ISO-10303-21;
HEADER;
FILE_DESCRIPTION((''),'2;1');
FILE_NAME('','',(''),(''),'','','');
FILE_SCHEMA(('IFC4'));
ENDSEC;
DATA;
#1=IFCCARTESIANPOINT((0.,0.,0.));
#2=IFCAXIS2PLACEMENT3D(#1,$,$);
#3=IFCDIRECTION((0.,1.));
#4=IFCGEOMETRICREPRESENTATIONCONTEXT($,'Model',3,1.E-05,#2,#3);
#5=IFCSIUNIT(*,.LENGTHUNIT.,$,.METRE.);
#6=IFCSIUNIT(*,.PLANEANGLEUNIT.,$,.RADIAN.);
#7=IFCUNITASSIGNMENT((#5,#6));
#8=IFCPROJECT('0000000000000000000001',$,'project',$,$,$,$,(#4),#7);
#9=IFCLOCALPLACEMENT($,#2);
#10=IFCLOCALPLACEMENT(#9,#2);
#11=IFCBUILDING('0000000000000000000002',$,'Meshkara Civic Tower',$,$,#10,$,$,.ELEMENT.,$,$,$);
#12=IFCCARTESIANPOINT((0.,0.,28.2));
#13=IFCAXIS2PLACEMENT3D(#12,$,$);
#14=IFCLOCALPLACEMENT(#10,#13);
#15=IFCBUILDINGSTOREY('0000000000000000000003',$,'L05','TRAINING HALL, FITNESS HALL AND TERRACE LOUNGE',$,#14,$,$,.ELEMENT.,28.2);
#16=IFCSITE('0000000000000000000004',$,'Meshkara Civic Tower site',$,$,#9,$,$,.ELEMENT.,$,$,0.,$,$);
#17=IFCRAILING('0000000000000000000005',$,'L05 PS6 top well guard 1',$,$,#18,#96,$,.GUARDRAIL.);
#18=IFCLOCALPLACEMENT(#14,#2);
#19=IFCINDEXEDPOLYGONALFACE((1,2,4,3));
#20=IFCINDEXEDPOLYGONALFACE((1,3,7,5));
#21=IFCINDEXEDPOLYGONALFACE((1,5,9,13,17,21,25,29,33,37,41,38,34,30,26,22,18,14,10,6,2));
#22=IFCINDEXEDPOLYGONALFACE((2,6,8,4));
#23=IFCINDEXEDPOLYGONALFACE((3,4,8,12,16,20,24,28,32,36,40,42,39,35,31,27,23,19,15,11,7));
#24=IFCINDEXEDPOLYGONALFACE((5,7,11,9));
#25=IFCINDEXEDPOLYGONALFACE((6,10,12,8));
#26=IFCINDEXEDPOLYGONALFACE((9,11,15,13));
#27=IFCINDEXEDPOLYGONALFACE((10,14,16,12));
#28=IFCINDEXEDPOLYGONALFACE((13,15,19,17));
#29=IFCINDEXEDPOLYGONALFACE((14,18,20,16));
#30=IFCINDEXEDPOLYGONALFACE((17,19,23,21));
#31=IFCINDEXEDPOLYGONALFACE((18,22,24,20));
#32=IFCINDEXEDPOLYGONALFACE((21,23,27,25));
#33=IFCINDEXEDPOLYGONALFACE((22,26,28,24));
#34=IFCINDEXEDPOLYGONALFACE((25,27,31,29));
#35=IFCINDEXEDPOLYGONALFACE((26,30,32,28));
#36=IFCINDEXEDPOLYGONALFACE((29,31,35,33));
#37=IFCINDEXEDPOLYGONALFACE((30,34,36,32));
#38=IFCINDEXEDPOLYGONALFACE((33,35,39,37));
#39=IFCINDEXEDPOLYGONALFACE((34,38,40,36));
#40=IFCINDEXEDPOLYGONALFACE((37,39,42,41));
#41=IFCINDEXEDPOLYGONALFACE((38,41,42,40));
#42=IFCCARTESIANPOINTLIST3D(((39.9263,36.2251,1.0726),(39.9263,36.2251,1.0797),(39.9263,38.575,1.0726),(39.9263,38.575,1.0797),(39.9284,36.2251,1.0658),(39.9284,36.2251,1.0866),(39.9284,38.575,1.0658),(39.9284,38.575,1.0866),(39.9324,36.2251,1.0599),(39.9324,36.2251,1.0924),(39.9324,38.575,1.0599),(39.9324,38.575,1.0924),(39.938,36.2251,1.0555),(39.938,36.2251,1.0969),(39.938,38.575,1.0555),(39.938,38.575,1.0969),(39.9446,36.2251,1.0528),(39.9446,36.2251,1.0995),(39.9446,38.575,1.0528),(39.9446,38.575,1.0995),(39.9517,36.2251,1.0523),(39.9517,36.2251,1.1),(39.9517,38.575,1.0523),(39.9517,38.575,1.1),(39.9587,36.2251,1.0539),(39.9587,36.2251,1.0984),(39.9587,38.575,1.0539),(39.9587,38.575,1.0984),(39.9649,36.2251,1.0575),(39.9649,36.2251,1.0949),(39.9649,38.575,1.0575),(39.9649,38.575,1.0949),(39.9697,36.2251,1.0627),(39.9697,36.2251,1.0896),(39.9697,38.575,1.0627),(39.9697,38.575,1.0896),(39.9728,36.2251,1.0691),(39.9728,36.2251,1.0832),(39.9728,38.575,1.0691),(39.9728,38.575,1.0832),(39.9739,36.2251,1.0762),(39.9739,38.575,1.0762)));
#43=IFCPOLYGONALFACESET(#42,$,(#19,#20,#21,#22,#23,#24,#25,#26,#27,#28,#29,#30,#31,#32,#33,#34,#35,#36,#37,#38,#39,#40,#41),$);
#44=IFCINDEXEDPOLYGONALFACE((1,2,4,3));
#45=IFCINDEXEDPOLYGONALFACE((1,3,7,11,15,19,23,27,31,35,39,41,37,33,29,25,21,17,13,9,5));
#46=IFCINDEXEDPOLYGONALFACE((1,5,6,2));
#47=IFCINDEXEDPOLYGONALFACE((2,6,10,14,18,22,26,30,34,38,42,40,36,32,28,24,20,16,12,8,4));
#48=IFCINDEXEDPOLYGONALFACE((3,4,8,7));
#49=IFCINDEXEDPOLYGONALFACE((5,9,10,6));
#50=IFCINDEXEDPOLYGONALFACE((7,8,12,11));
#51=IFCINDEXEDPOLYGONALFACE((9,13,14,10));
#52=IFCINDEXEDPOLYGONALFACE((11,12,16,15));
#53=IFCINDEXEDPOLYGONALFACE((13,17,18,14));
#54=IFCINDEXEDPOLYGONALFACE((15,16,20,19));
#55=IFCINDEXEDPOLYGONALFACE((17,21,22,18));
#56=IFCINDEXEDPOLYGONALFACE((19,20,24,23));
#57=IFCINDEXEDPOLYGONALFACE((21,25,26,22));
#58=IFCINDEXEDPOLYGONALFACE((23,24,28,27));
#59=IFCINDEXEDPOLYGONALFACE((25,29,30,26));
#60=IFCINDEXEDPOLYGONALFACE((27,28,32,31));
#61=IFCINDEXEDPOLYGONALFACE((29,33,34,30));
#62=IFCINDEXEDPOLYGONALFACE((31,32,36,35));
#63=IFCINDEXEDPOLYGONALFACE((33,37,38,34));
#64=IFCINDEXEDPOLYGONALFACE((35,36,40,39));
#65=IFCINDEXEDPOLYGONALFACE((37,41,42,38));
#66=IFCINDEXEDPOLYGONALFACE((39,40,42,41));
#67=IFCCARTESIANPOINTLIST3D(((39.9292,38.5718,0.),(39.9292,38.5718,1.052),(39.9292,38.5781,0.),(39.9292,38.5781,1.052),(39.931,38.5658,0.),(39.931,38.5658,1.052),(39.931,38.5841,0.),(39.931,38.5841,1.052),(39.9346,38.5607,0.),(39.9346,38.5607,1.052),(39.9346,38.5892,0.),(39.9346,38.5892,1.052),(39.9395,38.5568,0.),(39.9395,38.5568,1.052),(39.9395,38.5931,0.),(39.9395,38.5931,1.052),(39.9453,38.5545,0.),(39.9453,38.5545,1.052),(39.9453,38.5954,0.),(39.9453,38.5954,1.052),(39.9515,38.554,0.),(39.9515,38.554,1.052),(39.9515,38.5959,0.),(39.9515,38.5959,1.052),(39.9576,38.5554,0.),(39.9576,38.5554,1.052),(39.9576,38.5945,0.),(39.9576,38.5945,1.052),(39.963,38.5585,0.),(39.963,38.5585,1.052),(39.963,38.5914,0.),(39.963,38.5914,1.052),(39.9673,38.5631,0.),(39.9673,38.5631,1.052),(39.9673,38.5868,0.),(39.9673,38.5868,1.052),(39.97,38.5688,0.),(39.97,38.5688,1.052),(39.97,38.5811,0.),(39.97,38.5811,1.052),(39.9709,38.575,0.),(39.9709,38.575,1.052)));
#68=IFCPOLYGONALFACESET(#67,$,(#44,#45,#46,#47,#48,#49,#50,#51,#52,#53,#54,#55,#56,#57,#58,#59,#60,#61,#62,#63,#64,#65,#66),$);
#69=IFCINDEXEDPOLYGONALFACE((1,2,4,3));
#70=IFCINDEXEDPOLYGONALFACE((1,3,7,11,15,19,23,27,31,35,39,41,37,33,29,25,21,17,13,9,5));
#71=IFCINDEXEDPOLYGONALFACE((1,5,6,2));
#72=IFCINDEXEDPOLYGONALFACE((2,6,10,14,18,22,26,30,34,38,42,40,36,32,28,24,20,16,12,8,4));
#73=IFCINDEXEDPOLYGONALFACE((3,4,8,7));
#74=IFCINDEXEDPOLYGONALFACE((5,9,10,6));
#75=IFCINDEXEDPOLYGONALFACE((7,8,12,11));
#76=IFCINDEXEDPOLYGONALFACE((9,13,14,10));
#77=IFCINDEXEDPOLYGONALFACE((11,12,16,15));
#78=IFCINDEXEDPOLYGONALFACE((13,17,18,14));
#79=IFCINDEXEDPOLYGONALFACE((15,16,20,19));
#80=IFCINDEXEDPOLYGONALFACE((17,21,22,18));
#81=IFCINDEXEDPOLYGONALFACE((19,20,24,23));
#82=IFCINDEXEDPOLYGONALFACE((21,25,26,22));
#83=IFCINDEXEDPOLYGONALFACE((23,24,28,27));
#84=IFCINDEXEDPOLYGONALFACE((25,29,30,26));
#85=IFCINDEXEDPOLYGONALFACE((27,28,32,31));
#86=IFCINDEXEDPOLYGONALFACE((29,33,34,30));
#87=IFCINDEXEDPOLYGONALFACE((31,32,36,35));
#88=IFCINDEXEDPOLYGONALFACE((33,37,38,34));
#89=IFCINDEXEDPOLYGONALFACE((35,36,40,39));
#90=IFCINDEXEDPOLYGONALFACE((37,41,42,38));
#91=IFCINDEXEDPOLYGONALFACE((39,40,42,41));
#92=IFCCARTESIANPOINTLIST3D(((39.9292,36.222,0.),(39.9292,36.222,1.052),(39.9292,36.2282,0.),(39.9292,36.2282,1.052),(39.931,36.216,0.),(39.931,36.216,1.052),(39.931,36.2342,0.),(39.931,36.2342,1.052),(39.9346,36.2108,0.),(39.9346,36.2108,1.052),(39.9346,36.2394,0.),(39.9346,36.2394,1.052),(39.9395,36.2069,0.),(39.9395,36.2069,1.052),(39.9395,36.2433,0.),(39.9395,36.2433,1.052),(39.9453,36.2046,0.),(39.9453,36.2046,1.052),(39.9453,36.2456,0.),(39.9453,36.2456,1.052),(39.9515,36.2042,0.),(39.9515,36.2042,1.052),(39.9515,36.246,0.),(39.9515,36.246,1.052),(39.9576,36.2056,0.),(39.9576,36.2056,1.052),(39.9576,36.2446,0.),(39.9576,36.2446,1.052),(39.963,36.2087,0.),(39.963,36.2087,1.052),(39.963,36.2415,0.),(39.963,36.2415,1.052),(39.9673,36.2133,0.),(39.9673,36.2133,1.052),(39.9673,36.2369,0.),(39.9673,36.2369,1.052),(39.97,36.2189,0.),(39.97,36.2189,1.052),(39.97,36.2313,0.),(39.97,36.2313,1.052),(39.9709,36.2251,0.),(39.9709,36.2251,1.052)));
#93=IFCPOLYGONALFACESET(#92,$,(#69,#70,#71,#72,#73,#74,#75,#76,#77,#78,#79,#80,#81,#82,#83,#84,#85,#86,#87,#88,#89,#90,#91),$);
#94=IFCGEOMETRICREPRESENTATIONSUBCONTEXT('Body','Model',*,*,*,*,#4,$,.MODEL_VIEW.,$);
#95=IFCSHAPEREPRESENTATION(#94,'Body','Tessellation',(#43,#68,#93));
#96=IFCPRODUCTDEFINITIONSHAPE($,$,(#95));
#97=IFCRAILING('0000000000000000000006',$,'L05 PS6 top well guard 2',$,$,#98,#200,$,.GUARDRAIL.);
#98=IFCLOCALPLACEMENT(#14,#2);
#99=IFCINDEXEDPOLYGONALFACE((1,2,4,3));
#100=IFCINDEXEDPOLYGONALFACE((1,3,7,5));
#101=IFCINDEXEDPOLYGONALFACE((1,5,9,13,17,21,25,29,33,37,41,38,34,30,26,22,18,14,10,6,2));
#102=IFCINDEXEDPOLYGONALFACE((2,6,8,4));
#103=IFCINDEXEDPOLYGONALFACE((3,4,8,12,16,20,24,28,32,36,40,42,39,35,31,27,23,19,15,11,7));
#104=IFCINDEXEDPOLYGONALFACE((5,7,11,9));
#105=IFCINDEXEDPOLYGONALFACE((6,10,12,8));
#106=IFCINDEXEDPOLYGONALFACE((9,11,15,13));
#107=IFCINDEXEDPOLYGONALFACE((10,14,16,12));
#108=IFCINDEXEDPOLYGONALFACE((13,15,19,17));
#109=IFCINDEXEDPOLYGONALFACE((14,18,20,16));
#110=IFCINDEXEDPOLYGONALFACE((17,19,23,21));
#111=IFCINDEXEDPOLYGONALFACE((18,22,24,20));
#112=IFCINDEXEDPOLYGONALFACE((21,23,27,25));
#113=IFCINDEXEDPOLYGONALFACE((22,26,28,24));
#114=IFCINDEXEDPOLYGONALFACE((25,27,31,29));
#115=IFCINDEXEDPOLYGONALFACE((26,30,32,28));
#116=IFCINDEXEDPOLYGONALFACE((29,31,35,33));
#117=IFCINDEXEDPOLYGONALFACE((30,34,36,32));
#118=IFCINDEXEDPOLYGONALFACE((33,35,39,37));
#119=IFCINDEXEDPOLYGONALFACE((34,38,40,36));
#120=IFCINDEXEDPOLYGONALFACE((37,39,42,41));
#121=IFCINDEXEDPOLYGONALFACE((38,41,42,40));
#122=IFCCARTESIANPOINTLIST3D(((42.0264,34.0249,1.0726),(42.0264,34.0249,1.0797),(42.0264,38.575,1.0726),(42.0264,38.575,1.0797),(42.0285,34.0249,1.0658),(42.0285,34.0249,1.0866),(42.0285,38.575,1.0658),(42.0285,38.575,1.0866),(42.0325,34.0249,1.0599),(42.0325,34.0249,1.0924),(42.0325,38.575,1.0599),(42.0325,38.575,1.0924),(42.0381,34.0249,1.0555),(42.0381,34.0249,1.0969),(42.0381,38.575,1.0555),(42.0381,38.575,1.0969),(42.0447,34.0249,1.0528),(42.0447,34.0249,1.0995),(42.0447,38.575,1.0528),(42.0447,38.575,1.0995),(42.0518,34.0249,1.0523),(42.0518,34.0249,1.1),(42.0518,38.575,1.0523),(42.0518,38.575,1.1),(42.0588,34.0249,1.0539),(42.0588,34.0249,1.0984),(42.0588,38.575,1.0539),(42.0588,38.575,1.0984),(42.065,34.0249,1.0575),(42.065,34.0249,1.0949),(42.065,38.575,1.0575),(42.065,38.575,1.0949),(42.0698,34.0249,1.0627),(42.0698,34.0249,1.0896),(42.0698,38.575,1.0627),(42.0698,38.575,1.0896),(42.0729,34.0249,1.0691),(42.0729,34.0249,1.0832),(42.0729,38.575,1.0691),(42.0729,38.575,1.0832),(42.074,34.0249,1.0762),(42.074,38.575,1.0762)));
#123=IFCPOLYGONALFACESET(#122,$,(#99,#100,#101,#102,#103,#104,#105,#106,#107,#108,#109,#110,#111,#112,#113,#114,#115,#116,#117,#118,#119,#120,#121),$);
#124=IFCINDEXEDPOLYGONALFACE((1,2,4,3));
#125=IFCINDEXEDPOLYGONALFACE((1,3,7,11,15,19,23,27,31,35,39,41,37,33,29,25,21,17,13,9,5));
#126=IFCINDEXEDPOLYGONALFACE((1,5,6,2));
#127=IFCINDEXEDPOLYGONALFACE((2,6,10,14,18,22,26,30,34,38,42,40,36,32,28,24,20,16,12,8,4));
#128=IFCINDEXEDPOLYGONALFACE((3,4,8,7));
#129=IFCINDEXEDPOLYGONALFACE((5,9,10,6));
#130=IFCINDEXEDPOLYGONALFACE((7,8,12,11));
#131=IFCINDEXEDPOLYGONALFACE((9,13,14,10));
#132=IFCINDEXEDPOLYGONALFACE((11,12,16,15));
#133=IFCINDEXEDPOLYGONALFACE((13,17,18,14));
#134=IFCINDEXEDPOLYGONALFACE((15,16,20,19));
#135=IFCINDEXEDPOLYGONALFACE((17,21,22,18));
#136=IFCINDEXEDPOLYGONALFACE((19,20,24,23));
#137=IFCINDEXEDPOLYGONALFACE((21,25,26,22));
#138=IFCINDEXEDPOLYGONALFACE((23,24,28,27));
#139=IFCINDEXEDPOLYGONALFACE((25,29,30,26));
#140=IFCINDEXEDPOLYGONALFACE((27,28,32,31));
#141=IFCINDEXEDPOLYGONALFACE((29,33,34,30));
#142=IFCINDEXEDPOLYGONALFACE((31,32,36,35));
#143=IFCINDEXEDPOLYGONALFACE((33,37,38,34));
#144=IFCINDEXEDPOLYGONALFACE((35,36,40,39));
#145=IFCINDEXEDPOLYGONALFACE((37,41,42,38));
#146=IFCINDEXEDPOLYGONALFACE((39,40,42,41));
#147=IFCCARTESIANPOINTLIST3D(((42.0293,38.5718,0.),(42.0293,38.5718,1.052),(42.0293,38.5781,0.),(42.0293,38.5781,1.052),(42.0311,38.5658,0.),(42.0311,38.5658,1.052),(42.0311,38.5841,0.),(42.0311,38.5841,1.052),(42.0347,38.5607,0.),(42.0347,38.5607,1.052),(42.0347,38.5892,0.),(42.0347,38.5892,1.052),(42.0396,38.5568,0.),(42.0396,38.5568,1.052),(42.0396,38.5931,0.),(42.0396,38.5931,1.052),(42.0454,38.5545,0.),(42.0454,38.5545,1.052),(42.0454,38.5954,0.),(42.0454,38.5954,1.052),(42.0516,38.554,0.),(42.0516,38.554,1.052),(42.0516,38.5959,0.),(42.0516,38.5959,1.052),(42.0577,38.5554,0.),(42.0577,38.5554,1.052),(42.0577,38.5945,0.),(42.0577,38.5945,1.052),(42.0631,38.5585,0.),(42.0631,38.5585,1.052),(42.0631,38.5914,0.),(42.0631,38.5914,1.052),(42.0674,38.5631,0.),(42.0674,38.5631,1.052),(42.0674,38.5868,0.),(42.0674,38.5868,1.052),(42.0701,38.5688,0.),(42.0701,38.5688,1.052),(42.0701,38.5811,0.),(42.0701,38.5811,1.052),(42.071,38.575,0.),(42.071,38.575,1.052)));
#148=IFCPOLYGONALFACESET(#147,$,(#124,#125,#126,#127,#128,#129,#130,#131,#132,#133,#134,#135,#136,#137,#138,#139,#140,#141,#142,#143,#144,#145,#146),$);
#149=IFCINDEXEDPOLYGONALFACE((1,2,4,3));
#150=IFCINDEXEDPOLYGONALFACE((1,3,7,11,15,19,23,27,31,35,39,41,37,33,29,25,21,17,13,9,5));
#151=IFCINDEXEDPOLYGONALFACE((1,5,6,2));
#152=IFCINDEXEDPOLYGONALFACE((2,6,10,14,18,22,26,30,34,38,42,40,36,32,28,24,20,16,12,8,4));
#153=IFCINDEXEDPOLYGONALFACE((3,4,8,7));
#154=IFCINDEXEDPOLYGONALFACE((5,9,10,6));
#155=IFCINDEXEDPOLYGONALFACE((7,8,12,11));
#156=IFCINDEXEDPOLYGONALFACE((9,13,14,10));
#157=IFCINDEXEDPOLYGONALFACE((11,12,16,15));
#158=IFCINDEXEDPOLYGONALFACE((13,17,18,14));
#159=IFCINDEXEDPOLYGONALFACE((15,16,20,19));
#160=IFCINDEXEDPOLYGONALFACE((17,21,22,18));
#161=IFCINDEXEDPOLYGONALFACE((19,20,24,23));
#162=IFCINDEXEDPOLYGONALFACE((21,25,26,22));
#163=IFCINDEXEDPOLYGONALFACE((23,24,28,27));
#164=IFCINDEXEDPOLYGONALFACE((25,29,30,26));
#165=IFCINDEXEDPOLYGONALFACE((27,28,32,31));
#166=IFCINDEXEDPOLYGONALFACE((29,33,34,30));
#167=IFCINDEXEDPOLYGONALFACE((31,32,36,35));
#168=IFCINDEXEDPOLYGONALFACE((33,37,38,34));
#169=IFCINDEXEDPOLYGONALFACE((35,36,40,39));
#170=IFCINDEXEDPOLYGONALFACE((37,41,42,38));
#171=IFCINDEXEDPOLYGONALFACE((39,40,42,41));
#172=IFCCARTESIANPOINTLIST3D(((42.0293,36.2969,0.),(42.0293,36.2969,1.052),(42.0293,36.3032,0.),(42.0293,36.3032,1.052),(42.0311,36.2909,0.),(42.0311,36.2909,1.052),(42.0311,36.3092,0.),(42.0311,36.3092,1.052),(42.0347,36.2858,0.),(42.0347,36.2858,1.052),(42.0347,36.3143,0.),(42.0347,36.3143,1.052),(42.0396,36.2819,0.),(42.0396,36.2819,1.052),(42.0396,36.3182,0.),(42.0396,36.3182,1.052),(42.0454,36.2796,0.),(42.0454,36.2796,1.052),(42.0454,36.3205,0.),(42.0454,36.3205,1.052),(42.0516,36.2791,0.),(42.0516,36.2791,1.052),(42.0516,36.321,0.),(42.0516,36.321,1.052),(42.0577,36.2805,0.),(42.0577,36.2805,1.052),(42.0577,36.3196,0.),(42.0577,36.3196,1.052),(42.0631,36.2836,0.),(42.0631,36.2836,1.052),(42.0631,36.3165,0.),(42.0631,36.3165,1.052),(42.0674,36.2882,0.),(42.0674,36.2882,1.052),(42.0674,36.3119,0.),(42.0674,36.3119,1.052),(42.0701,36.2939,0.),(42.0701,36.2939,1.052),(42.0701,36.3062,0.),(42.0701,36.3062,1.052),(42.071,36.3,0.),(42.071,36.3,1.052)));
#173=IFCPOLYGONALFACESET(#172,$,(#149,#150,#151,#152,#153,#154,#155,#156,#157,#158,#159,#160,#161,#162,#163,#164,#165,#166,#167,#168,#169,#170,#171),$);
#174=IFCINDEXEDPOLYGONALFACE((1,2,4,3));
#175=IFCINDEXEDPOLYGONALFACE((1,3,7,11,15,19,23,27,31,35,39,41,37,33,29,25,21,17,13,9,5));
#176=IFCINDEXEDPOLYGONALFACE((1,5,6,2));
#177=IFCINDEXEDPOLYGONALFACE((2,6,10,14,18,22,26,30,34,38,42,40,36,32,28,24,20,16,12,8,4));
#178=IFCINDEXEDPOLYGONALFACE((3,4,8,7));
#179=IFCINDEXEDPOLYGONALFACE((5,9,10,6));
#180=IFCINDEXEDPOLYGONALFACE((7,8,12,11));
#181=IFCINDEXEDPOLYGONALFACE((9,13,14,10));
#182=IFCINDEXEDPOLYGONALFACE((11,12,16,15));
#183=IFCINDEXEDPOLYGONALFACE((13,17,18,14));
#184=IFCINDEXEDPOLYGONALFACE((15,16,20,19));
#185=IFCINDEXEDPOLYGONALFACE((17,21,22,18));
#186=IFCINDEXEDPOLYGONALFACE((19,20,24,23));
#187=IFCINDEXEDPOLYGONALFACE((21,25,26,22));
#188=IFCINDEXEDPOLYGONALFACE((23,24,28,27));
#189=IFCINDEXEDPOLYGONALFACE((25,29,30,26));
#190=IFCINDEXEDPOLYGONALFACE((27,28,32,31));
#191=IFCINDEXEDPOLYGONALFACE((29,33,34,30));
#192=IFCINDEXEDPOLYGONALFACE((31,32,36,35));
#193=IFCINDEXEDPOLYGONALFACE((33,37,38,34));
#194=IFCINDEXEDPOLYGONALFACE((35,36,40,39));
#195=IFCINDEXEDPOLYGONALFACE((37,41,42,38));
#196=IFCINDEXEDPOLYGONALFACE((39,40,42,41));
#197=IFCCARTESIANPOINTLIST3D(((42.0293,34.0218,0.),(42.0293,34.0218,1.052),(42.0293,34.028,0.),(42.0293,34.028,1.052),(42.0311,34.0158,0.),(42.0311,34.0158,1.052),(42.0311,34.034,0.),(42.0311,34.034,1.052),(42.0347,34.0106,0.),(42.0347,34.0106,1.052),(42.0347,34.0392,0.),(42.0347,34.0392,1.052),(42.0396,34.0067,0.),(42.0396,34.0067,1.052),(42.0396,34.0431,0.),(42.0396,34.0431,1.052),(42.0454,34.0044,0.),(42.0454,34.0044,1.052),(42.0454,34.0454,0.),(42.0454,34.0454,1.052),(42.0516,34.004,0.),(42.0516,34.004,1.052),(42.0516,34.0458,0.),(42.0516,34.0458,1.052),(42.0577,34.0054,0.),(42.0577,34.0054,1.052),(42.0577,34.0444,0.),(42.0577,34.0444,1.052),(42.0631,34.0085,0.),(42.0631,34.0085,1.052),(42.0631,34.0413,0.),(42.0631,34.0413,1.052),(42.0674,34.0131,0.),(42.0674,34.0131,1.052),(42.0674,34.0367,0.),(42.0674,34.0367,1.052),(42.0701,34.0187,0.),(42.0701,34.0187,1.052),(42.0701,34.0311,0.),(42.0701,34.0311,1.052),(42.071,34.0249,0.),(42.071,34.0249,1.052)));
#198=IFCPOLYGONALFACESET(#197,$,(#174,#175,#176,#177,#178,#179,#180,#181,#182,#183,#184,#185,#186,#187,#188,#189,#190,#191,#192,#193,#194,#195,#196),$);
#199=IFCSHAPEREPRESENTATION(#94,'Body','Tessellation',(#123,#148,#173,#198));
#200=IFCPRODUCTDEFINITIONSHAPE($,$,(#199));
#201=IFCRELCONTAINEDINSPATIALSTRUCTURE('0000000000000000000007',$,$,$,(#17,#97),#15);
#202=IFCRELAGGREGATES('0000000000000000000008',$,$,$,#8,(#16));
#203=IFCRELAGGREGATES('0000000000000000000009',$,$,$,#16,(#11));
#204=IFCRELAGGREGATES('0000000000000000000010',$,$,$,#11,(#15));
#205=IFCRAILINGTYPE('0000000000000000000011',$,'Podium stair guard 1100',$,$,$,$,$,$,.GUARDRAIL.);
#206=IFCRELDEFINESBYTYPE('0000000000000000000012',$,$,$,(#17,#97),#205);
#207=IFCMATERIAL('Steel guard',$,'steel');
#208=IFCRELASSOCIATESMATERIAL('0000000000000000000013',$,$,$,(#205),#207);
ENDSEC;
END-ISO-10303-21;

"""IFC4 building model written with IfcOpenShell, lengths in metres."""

from ifc_helpers import new_model, si_unit, direction, frame, origin, origin_2d, place, context, subcontext, project, spatial, circle, extrude, material, type_object, element, save


model = new_model("IFC4")

# Units and contexts
model_context = context("Model", 3, precision=1e-05, world=origin(), true_north=direction((0.0, 1.0)))
body_context = subcontext(model_context, "Body", "Model", "MODEL_VIEW")
ifc_project = project(units=[si_unit("LENGTHUNIT", "METRE"), si_unit("PLANEANGLEUNIT", "RADIAN")], contexts=[model_context])

# Site, building, storey
site_placement = place(None, origin())
site = spatial("IfcSite", under=ifc_project, at=site_placement, Name="Meshkara Civic Tower site", CompositionType="ELEMENT", RefElevation=0.0)
building_placement = place(site_placement, origin())
building = spatial("IfcBuilding", under=site, at=building_placement, Name="Meshkara Civic Tower", CompositionType="ELEMENT")
storey_placement = place(building_placement, frame((0.0, 0.0, 28.2)))
storey = spatial("IfcBuildingStorey", under=building, at=storey_placement, Name="L05", Description="TRAINING HALL, FITNESS HALL AND TERRACE LOUNGE", CompositionType="ELEMENT", Elevation=28.2)

# Railings
ifc_material_1 = material(Name="Steel guard", Category="steel")
railing_type = type_object("IfcRailingType", Name="Podium stair guard 1100", PredefinedType="GUARDRAIL", material=ifc_material_1)
railing_1_placement = place(storey_placement, frame((39.95, 38.575, 0.0)))
element("IfcRailing", 1, at=railing_1_placement, inside=storey, type_object=railing_type, Name="L05 PS6 top well guard 1", PredefinedType="GUARDRAIL", context=body_context, shape_type="SweptSolid", body=[
    extrude(circle(Radius=0.0239, at=origin_2d()), frame((0.0, 0.0, 1.0762), z_axis=(0.0, -1.0, 0.0), x_axis=(1.0, 0.0, 0.0)), (0.0, 0.0, 1.0), 2.3499),
    extrude(circle(Radius=0.021, at=origin_2d()), origin(), (0.0, 0.0, 1.0), 1.052),
    extrude(circle(Radius=0.021, at=origin_2d()), frame((0.0, -2.3499, 0.0)), (0.0, 0.0, 1.0), 1.052),
])
railing_2_placement = place(storey_placement, frame((42.05, 38.575, 0.0)))
element("IfcRailing", 2, at=railing_2_placement, inside=storey, type_object=railing_type, Name="L05 PS6 top well guard 2", PredefinedType="GUARDRAIL", context=body_context, shape_type="SweptSolid", body=[
    extrude(circle(Radius=0.0239, at=origin_2d()), frame((0.0, 0.0, 1.0762), z_axis=(0.0, -1.0, 0.0), x_axis=(1.0, 0.0, 0.0)), (0.0, 0.0, 1.0), 4.55),
    extrude(circle(Radius=0.021, at=origin_2d()), origin(), (0.0, 0.0, 1.0), 1.052),
    extrude(circle(Radius=0.021, at=origin_2d()), frame((0.0, -2.2749, 0.0)), (0.0, 0.0, 1.0), 1.052),
    extrude(circle(Radius=0.021, at=origin_2d()), frame((0.0, -4.55, 0.0)), (0.0, 0.0, 1.0), 1.052),
])

save(model, "model.ifc")
